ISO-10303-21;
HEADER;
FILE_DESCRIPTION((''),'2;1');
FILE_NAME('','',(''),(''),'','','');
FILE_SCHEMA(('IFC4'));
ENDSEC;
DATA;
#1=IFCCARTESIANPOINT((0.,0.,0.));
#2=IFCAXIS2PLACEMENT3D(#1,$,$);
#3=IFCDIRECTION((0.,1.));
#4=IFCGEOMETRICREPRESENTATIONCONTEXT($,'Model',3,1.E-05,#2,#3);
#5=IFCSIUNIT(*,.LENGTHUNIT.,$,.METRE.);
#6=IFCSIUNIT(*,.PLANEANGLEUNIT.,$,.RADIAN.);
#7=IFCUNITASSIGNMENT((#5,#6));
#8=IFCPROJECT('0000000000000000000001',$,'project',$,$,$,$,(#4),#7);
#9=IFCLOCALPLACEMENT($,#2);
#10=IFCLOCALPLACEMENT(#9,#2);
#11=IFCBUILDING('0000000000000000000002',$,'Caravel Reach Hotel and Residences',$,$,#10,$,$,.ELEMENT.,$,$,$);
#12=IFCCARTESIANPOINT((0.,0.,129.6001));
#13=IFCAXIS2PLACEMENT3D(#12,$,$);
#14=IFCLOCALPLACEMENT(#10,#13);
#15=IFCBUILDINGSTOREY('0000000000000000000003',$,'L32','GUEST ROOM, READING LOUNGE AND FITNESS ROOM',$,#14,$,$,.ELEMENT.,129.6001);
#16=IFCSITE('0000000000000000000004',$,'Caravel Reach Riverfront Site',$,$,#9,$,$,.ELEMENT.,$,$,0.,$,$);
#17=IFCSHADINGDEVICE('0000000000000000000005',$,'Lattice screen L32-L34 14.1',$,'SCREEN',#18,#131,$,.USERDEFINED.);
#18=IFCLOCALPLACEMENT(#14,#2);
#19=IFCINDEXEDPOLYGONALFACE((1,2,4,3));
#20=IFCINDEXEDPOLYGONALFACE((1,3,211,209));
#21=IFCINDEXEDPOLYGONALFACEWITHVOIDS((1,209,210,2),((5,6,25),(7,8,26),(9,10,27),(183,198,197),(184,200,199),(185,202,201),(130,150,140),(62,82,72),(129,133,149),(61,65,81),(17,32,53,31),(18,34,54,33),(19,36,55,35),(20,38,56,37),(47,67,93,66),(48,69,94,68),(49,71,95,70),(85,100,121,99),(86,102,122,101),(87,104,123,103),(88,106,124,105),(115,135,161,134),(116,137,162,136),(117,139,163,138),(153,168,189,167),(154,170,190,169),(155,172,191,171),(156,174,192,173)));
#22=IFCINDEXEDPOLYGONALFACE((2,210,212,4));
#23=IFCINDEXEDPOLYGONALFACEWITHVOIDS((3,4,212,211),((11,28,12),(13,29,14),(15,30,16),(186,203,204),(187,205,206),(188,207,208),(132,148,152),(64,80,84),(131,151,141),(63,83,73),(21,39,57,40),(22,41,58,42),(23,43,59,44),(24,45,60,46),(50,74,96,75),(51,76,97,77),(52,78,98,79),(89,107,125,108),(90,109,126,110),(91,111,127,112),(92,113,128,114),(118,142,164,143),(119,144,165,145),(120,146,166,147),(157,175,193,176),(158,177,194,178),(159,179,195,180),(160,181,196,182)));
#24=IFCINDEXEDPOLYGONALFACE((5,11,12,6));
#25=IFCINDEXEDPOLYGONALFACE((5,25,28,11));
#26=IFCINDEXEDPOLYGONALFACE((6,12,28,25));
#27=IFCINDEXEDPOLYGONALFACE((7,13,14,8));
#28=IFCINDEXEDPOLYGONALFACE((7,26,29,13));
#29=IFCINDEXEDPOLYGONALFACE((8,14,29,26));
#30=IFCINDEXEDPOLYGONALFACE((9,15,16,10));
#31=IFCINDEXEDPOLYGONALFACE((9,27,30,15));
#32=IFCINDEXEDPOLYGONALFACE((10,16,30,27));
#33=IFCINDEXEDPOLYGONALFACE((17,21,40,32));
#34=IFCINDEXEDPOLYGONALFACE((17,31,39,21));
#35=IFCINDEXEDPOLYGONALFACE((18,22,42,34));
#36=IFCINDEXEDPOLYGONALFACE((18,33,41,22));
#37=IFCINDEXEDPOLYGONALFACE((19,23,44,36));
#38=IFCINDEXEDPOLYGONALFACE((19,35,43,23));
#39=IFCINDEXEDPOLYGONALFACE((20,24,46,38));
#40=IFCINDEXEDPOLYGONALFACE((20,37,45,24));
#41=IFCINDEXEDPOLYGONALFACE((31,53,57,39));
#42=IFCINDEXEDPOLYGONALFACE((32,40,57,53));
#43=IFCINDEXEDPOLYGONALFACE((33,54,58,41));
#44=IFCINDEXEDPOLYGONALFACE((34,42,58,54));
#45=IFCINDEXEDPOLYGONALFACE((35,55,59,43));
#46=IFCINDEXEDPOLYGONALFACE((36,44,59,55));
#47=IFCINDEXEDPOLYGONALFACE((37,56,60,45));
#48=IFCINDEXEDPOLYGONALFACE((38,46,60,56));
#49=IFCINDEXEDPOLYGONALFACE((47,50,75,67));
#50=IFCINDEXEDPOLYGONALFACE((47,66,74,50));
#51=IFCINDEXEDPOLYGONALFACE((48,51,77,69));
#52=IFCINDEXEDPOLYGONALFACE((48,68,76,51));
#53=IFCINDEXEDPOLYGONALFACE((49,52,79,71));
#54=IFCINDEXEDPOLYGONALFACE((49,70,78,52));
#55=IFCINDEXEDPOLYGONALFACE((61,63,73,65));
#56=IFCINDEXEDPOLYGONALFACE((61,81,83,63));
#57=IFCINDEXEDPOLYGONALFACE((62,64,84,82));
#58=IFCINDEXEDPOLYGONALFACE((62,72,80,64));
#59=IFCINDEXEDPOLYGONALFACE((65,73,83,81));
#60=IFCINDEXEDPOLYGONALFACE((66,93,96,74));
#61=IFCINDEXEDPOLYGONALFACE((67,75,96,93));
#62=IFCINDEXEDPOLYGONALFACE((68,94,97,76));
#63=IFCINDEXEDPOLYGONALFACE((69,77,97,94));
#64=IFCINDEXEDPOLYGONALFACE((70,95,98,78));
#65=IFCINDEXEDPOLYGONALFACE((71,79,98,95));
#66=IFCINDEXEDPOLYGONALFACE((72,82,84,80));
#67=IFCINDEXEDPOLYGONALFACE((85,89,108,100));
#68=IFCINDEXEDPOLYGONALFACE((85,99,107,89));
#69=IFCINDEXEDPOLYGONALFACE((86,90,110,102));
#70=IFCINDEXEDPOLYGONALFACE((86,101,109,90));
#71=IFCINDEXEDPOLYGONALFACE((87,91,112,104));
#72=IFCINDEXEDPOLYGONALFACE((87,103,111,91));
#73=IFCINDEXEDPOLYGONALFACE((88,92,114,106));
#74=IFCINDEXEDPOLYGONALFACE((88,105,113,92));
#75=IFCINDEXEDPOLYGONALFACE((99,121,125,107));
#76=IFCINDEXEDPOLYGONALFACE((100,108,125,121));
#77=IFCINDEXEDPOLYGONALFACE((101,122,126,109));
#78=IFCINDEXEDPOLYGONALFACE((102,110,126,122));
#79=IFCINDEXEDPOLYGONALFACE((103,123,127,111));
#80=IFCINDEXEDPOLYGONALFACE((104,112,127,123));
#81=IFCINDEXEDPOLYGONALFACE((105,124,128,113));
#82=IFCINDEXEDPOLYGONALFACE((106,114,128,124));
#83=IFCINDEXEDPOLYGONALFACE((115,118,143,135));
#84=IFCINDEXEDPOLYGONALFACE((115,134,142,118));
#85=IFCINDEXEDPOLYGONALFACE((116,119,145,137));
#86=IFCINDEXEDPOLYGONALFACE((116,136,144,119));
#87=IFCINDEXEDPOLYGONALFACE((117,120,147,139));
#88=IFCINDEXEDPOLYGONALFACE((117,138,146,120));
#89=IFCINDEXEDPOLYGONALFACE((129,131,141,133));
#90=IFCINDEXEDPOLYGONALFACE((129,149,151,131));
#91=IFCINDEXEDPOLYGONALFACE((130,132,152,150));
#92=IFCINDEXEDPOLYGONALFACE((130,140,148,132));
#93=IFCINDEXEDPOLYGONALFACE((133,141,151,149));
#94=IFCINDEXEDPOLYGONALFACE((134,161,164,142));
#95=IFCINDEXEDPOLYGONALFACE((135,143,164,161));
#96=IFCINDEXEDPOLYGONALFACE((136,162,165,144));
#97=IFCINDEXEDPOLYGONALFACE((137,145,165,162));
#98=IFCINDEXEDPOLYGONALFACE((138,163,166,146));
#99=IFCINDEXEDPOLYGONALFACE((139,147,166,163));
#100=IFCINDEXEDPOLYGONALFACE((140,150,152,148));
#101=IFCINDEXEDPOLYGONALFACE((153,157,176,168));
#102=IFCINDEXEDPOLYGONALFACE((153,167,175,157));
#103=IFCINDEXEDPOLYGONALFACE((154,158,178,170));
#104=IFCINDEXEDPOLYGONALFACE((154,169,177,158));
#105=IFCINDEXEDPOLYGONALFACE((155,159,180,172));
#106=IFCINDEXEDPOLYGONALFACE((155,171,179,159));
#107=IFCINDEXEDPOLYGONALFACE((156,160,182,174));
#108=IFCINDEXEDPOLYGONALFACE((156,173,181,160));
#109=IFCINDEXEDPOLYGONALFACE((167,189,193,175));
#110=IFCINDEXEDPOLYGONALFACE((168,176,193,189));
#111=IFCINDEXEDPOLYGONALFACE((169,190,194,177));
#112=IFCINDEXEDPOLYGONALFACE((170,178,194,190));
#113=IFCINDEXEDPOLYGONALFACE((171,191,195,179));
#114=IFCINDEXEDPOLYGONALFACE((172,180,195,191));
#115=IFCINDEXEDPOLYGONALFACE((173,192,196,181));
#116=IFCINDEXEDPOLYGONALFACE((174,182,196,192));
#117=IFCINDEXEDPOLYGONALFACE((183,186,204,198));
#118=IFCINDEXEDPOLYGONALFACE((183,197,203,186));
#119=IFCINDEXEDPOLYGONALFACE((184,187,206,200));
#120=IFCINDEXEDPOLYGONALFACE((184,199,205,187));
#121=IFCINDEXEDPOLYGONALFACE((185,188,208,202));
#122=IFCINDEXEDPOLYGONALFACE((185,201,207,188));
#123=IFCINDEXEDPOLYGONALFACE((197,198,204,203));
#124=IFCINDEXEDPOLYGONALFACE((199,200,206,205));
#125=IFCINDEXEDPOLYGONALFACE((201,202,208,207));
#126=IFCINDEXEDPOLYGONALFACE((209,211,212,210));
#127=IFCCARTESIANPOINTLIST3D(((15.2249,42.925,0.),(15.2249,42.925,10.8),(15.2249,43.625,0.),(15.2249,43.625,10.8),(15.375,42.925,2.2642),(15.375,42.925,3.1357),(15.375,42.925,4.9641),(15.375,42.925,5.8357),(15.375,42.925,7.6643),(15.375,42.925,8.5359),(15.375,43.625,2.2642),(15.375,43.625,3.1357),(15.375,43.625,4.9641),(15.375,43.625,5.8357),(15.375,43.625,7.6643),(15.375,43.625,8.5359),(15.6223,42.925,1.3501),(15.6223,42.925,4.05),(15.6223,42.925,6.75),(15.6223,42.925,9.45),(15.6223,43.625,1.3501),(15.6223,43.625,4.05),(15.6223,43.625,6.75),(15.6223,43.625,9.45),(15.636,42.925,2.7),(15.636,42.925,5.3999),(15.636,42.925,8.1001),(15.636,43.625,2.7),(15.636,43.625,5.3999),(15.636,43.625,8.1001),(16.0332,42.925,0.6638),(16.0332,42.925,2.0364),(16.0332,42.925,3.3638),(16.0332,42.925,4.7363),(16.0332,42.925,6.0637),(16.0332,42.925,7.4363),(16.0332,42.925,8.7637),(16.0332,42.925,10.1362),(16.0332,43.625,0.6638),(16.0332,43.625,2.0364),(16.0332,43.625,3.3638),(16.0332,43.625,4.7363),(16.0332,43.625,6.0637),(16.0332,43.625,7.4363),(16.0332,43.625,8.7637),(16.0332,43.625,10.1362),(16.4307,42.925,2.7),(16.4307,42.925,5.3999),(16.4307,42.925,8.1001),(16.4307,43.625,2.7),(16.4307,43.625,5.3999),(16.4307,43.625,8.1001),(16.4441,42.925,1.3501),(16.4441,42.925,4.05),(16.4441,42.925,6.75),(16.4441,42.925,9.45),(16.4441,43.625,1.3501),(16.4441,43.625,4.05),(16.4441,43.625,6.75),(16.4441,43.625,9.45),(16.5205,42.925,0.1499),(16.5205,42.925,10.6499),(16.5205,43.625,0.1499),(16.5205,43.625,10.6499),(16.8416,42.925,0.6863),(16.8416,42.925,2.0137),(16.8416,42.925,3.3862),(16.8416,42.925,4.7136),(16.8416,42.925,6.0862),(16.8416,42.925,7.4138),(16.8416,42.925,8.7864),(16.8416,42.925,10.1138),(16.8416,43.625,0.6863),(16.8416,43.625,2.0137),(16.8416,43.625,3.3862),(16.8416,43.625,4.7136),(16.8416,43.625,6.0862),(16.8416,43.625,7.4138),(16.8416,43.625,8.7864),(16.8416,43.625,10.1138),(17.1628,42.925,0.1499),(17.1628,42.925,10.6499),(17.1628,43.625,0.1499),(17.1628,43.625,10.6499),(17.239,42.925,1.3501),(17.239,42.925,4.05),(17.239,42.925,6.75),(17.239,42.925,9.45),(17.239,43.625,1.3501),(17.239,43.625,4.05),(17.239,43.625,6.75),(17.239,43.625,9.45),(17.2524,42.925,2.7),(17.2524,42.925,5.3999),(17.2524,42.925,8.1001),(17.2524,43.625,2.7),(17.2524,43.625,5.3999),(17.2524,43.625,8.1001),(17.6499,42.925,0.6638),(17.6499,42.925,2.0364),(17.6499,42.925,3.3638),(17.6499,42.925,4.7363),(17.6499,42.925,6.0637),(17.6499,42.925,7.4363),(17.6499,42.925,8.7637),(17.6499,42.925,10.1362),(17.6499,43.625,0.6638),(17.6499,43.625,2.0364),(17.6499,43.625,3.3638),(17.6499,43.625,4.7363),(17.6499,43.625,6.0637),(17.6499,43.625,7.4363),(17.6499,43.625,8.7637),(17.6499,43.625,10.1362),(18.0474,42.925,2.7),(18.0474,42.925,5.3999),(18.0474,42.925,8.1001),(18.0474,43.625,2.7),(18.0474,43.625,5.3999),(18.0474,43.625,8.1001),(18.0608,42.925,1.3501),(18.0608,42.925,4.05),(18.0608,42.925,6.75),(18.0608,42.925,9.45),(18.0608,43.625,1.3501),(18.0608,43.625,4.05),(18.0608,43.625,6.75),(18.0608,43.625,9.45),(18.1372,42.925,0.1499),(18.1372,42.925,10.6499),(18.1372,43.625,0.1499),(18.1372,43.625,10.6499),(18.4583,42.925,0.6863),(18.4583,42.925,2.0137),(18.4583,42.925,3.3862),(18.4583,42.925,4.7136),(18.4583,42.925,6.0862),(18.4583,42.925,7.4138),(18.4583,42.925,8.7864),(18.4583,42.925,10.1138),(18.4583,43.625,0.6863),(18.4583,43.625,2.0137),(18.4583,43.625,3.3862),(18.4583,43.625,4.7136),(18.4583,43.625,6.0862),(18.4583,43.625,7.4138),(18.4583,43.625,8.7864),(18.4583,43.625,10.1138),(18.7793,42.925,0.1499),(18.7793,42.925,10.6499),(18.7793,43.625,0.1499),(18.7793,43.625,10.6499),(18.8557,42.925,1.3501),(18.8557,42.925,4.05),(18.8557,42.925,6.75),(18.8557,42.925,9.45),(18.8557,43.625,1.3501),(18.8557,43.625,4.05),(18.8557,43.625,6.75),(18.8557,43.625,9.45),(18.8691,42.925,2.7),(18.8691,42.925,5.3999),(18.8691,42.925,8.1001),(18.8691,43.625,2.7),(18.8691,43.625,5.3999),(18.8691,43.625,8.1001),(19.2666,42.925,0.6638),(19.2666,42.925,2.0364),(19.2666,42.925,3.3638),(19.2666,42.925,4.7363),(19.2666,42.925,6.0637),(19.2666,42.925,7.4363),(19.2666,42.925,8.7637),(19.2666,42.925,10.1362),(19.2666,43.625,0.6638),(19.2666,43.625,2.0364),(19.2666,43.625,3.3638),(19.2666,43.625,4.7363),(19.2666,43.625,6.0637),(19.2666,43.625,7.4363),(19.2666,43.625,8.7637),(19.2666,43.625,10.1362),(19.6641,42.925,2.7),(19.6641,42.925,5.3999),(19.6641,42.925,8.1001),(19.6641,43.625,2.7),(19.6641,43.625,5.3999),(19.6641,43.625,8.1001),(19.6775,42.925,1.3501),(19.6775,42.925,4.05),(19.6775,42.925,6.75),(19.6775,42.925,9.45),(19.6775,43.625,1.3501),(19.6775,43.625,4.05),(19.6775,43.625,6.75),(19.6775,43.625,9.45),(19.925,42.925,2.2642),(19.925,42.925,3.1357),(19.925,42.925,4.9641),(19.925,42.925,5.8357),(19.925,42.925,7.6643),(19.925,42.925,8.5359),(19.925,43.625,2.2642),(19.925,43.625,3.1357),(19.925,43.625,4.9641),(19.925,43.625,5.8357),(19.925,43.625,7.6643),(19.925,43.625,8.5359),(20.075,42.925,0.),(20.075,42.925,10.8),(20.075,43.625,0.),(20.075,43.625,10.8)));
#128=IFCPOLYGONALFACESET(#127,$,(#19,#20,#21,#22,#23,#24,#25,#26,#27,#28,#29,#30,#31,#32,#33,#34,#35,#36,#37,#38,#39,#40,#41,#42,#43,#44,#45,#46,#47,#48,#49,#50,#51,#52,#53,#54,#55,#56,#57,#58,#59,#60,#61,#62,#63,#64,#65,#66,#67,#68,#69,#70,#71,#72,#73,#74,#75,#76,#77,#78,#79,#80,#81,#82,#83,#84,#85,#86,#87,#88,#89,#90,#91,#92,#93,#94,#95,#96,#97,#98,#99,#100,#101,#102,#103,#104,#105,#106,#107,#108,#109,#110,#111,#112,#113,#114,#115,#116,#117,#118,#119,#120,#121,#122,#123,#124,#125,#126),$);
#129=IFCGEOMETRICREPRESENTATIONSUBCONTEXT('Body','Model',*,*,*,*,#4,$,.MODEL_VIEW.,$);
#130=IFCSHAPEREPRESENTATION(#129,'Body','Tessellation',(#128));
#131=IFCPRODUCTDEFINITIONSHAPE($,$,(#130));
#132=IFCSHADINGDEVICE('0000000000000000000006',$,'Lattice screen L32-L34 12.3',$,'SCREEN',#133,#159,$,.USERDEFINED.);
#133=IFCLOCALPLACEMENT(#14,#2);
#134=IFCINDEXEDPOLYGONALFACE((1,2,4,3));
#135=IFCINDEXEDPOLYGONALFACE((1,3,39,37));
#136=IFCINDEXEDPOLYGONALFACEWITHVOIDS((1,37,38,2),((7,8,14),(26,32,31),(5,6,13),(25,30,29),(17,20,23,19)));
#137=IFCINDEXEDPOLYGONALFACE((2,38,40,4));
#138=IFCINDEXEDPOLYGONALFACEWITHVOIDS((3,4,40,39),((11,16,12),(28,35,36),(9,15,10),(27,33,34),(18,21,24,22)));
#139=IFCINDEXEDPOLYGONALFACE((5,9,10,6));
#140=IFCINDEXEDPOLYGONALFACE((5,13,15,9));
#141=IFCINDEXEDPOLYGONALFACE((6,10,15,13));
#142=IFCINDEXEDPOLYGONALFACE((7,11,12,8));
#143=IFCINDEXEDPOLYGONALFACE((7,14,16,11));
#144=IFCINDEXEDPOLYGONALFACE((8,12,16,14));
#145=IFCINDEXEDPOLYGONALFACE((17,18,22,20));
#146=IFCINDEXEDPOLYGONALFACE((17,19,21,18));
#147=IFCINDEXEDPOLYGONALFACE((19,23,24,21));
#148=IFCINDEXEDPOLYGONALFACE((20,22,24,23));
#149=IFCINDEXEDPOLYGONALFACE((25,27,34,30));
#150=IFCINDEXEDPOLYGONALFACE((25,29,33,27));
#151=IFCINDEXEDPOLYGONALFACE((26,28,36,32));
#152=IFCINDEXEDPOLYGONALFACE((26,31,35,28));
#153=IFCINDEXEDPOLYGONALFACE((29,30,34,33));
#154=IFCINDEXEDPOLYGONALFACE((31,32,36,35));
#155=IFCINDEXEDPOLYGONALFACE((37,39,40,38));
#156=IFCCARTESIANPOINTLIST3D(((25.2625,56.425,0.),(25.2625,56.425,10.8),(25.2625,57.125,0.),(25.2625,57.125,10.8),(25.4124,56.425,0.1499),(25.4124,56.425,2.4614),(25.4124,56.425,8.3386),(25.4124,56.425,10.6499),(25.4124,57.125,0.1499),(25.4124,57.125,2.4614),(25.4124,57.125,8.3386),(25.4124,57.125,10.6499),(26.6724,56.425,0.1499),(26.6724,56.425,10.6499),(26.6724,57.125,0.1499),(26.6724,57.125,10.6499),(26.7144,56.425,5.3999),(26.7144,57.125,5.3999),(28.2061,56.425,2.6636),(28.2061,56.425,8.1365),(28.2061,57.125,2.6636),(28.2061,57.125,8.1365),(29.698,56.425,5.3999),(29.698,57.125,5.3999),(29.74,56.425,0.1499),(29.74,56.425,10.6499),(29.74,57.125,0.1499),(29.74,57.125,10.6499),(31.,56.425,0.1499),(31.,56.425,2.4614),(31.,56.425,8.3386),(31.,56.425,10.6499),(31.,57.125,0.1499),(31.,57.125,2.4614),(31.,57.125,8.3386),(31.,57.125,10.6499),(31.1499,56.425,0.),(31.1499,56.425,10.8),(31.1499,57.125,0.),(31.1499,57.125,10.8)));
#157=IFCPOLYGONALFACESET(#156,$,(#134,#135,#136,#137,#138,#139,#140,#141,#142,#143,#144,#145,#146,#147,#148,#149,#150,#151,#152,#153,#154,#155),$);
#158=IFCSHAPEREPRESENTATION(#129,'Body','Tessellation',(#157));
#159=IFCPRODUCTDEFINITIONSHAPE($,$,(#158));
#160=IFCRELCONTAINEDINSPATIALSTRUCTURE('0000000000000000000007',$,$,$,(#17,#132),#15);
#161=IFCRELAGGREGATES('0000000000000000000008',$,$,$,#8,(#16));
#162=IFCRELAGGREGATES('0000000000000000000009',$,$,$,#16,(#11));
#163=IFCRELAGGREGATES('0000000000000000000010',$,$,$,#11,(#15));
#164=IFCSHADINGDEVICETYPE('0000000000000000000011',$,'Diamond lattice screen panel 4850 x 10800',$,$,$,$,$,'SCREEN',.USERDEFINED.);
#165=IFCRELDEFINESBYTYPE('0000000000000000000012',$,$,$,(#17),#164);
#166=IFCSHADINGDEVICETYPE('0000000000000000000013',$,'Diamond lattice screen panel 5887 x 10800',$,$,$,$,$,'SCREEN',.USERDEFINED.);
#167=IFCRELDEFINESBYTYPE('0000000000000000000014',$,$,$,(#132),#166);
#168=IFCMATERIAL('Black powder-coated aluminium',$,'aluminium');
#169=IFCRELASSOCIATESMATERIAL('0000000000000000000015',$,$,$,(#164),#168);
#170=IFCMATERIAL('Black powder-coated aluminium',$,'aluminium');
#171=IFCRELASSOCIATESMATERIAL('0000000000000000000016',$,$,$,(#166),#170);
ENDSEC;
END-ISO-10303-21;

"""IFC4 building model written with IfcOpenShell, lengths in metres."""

from ifc_helpers import new_model, si_unit, direction, frame, origin, place, context, subcontext, project, spatial, polyline, outline, extrude, material, type_object, element, save


model = new_model("IFC4")

# Units and contexts
model_context = context("Model", 3, precision=1e-05, world=origin(), true_north=direction((0.0, 1.0)))
body_context = subcontext(model_context, "Body", "Model", "MODEL_VIEW")
ifc_project = project(units=[si_unit("LENGTHUNIT", "METRE"), si_unit("PLANEANGLEUNIT", "RADIAN")], contexts=[model_context])

# Site, building, storey
site_placement = place(None, origin())
site = spatial("IfcSite", under=ifc_project, at=site_placement, Name="Caravel Reach Riverfront Site", CompositionType="ELEMENT", RefElevation=0.0)
building_placement = place(site_placement, origin())
building = spatial("IfcBuilding", under=site, at=building_placement, Name="Caravel Reach Hotel and Residences", CompositionType="ELEMENT")
storey_placement = place(building_placement, frame((0.0, 0.0, 129.6001)))
storey = spatial("IfcBuildingStorey", under=building, at=storey_placement, Name="L32", Description="GUEST ROOM, READING LOUNGE AND FITNESS ROOM", CompositionType="ELEMENT", Elevation=129.6001)

# Shading devices
ifc_material_1 = material(Name="Black powder-coated aluminium", Category="aluminium")
shading_device_type_1 = type_object("IfcShadingDeviceType", Name="Diamond lattice screen panel 4850 x 10800", ElementType="SCREEN", PredefinedType="USERDEFINED", material=ifc_material_1)
shading_device_1_placement = place(storey_placement, frame((20.075, 42.925, 0.0), z_axis=(0.0, 1.0, 0.0), x_axis=(-1.0, 0.0, 0.0)))
element("IfcShadingDevice", 1, at=shading_device_1_placement, inside=storey, type_object=shading_device_type_1, Name="Lattice screen L32-L34 14.1", ObjectType="SCREEN", PredefinedType="USERDEFINED", context=body_context, shape_type="SweptSolid", body=[
    extrude(outline(polyline([(0.0, 0.0), (4.8501, 0.0), (4.8501, 10.8), (0.0, 10.8), (0.0, 0.0)]), holes=[polyline([(0.4109, 2.7), (0.1499, 3.1357), (0.1499, 2.2642), (0.4109, 2.7)]), polyline([(0.4109, 5.3999), (0.1499, 5.8357), (0.1499, 4.9641), (0.4109, 5.3999)]), polyline([(0.4109, 8.1001), (0.1499, 8.5359), (0.1499, 7.6643), (0.4109, 8.1001)]), polyline([(0.8083, 2.0364), (0.3975, 1.3501), (0.8083, 0.6638), (1.2192, 1.3501), (0.8083, 2.0364)]), polyline([(0.8083, 4.7363), (0.3975, 4.05), (0.8083, 3.3638), (1.2192, 4.05), (0.8083, 4.7363)]), polyline([(0.8083, 7.4363), (0.3975, 6.75), (0.8083, 6.0637), (1.2192, 6.75), (0.8083, 7.4363)]), polyline([(0.8083, 10.1362), (0.3975, 9.45), (0.8083, 8.7637), (1.2192, 9.45), (0.8083, 10.1362)]), polyline([(1.6167, 0.6863), (1.2957, 0.1499), (1.9377, 0.1499), (1.6167, 0.6863)]), polyline([(1.6167, 3.3862), (1.2058, 2.7), (1.6167, 2.0137), (2.0276, 2.7), (1.6167, 3.3862)]), polyline([(1.6167, 6.0862), (1.2058, 5.3999), (1.6167, 4.7136), (2.0276, 5.3999), (1.6167, 6.0862)]), polyline([(1.6167, 8.7864), (1.2058, 8.1001), (1.6167, 7.4138), (2.0276, 8.1001), (1.6167, 8.7864)]), polyline([(1.6167, 10.1138), (1.9377, 10.6499), (1.2957, 10.6499), (1.6167, 10.1138)]), polyline([(2.425, 2.0364), (2.0142, 1.3501), (2.425, 0.6638), (2.8359, 1.3501), (2.425, 2.0364)]), polyline([(2.425, 4.7363), (2.0142, 4.05), (2.425, 3.3638), (2.8359, 4.05), (2.425, 4.7363)]), polyline([(2.425, 7.4363), (2.0142, 6.75), (2.425, 6.0637), (2.8359, 6.75), (2.425, 7.4363)]), polyline([(2.425, 10.1362), (2.0142, 9.45), (2.425, 8.7637), (2.8359, 9.45), (2.425, 10.1362)]), polyline([(3.2334, 0.6863), (2.9121, 0.1499), (3.5544, 0.1499), (3.2334, 0.6863)]), polyline([(3.2334, 3.3862), (2.8225, 2.7), (3.2334, 2.0137), (3.6443, 2.7), (3.2334, 3.3862)]), polyline([(3.2334, 6.0862), (2.8225, 5.3999), (3.2334, 4.7136), (3.6443, 5.3999), (3.2334, 6.0862)]), polyline([(3.2334, 8.7864), (2.8225, 8.1001), (3.2334, 7.4138), (3.6443, 8.1001), (3.2334, 8.7864)]), polyline([(3.2334, 10.1138), (3.5544, 10.6499), (2.9121, 10.6499), (3.2334, 10.1138)]), polyline([(4.0417, 2.0364), (3.6309, 1.3501), (4.0417, 0.6638), (4.4526, 1.3501), (4.0417, 2.0364)]), polyline([(4.0417, 4.7363), (3.6309, 4.05), (4.0417, 3.3638), (4.4526, 4.05), (4.0417, 4.7363)]), polyline([(4.0417, 7.4363), (3.6309, 6.75), (4.0417, 6.0637), (4.4526, 6.75), (4.0417, 7.4363)]), polyline([(4.0417, 10.1362), (3.6309, 9.45), (4.0417, 8.7637), (4.4526, 9.45), (4.0417, 10.1362)]), polyline([(4.439, 2.7), (4.7, 2.2642), (4.7, 3.1357), (4.439, 2.7)]), polyline([(4.439, 5.3999), (4.7, 4.9641), (4.7, 5.8357), (4.439, 5.3999)]), polyline([(4.439, 8.1001), (4.7, 7.6643), (4.7, 8.5359), (4.439, 8.1001)])]), origin(), (0.0, 0.0, 1.0), 0.7),
])
ifc_material_2 = material(Name="Black powder-coated aluminium", Category="aluminium")
shading_device_type_2 = type_object("IfcShadingDeviceType", Name="Diamond lattice screen panel 5887 x 10800", ElementType="SCREEN", PredefinedType="USERDEFINED", material=ifc_material_2)
for number, where, z_axis, x_axis, name in (
    (2, (31.1499, 56.425, 0.0), (0.0, 1.0, 0.0), (-1.0, 0.0, 0.0), "Lattice screen L32-L34 12.3"),
):
    element("IfcShadingDevice", number, at=place(storey_placement, frame(where, z_axis=z_axis, x_axis=x_axis)), inside=storey, type_object=shading_device_type_2, Name=name, ObjectType="SCREEN", PredefinedType="USERDEFINED", context=body_context, shape_type="SweptSolid", body=[
        extrude(outline(polyline([(0.0, 0.0), (5.8875, 0.0), (5.8875, 10.8), (0.0, 10.8), (0.0, 0.0)]), holes=[polyline([(1.4099, 0.1499), (0.1499, 2.4614), (0.1499, 0.1499), (1.4099, 0.1499)]), polyline([(0.1499, 8.3386), (1.4099, 10.6499), (0.1499, 10.6499), (0.1499, 8.3386)]), polyline([(2.9438, 8.1365), (1.4519, 5.3999), (2.9438, 2.6636), (4.4355, 5.3999), (2.9438, 8.1365)]), polyline([(5.7375, 2.4614), (4.4775, 0.1499), (5.7375, 0.1499), (5.7375, 2.4614)]), polyline([(4.4775, 10.6499), (5.7375, 8.3386), (5.7375, 10.6499), (4.4775, 10.6499)])]), origin(), (0.0, 0.0, 1.0), 0.7),
    ])

save(model, "model.ifc")
